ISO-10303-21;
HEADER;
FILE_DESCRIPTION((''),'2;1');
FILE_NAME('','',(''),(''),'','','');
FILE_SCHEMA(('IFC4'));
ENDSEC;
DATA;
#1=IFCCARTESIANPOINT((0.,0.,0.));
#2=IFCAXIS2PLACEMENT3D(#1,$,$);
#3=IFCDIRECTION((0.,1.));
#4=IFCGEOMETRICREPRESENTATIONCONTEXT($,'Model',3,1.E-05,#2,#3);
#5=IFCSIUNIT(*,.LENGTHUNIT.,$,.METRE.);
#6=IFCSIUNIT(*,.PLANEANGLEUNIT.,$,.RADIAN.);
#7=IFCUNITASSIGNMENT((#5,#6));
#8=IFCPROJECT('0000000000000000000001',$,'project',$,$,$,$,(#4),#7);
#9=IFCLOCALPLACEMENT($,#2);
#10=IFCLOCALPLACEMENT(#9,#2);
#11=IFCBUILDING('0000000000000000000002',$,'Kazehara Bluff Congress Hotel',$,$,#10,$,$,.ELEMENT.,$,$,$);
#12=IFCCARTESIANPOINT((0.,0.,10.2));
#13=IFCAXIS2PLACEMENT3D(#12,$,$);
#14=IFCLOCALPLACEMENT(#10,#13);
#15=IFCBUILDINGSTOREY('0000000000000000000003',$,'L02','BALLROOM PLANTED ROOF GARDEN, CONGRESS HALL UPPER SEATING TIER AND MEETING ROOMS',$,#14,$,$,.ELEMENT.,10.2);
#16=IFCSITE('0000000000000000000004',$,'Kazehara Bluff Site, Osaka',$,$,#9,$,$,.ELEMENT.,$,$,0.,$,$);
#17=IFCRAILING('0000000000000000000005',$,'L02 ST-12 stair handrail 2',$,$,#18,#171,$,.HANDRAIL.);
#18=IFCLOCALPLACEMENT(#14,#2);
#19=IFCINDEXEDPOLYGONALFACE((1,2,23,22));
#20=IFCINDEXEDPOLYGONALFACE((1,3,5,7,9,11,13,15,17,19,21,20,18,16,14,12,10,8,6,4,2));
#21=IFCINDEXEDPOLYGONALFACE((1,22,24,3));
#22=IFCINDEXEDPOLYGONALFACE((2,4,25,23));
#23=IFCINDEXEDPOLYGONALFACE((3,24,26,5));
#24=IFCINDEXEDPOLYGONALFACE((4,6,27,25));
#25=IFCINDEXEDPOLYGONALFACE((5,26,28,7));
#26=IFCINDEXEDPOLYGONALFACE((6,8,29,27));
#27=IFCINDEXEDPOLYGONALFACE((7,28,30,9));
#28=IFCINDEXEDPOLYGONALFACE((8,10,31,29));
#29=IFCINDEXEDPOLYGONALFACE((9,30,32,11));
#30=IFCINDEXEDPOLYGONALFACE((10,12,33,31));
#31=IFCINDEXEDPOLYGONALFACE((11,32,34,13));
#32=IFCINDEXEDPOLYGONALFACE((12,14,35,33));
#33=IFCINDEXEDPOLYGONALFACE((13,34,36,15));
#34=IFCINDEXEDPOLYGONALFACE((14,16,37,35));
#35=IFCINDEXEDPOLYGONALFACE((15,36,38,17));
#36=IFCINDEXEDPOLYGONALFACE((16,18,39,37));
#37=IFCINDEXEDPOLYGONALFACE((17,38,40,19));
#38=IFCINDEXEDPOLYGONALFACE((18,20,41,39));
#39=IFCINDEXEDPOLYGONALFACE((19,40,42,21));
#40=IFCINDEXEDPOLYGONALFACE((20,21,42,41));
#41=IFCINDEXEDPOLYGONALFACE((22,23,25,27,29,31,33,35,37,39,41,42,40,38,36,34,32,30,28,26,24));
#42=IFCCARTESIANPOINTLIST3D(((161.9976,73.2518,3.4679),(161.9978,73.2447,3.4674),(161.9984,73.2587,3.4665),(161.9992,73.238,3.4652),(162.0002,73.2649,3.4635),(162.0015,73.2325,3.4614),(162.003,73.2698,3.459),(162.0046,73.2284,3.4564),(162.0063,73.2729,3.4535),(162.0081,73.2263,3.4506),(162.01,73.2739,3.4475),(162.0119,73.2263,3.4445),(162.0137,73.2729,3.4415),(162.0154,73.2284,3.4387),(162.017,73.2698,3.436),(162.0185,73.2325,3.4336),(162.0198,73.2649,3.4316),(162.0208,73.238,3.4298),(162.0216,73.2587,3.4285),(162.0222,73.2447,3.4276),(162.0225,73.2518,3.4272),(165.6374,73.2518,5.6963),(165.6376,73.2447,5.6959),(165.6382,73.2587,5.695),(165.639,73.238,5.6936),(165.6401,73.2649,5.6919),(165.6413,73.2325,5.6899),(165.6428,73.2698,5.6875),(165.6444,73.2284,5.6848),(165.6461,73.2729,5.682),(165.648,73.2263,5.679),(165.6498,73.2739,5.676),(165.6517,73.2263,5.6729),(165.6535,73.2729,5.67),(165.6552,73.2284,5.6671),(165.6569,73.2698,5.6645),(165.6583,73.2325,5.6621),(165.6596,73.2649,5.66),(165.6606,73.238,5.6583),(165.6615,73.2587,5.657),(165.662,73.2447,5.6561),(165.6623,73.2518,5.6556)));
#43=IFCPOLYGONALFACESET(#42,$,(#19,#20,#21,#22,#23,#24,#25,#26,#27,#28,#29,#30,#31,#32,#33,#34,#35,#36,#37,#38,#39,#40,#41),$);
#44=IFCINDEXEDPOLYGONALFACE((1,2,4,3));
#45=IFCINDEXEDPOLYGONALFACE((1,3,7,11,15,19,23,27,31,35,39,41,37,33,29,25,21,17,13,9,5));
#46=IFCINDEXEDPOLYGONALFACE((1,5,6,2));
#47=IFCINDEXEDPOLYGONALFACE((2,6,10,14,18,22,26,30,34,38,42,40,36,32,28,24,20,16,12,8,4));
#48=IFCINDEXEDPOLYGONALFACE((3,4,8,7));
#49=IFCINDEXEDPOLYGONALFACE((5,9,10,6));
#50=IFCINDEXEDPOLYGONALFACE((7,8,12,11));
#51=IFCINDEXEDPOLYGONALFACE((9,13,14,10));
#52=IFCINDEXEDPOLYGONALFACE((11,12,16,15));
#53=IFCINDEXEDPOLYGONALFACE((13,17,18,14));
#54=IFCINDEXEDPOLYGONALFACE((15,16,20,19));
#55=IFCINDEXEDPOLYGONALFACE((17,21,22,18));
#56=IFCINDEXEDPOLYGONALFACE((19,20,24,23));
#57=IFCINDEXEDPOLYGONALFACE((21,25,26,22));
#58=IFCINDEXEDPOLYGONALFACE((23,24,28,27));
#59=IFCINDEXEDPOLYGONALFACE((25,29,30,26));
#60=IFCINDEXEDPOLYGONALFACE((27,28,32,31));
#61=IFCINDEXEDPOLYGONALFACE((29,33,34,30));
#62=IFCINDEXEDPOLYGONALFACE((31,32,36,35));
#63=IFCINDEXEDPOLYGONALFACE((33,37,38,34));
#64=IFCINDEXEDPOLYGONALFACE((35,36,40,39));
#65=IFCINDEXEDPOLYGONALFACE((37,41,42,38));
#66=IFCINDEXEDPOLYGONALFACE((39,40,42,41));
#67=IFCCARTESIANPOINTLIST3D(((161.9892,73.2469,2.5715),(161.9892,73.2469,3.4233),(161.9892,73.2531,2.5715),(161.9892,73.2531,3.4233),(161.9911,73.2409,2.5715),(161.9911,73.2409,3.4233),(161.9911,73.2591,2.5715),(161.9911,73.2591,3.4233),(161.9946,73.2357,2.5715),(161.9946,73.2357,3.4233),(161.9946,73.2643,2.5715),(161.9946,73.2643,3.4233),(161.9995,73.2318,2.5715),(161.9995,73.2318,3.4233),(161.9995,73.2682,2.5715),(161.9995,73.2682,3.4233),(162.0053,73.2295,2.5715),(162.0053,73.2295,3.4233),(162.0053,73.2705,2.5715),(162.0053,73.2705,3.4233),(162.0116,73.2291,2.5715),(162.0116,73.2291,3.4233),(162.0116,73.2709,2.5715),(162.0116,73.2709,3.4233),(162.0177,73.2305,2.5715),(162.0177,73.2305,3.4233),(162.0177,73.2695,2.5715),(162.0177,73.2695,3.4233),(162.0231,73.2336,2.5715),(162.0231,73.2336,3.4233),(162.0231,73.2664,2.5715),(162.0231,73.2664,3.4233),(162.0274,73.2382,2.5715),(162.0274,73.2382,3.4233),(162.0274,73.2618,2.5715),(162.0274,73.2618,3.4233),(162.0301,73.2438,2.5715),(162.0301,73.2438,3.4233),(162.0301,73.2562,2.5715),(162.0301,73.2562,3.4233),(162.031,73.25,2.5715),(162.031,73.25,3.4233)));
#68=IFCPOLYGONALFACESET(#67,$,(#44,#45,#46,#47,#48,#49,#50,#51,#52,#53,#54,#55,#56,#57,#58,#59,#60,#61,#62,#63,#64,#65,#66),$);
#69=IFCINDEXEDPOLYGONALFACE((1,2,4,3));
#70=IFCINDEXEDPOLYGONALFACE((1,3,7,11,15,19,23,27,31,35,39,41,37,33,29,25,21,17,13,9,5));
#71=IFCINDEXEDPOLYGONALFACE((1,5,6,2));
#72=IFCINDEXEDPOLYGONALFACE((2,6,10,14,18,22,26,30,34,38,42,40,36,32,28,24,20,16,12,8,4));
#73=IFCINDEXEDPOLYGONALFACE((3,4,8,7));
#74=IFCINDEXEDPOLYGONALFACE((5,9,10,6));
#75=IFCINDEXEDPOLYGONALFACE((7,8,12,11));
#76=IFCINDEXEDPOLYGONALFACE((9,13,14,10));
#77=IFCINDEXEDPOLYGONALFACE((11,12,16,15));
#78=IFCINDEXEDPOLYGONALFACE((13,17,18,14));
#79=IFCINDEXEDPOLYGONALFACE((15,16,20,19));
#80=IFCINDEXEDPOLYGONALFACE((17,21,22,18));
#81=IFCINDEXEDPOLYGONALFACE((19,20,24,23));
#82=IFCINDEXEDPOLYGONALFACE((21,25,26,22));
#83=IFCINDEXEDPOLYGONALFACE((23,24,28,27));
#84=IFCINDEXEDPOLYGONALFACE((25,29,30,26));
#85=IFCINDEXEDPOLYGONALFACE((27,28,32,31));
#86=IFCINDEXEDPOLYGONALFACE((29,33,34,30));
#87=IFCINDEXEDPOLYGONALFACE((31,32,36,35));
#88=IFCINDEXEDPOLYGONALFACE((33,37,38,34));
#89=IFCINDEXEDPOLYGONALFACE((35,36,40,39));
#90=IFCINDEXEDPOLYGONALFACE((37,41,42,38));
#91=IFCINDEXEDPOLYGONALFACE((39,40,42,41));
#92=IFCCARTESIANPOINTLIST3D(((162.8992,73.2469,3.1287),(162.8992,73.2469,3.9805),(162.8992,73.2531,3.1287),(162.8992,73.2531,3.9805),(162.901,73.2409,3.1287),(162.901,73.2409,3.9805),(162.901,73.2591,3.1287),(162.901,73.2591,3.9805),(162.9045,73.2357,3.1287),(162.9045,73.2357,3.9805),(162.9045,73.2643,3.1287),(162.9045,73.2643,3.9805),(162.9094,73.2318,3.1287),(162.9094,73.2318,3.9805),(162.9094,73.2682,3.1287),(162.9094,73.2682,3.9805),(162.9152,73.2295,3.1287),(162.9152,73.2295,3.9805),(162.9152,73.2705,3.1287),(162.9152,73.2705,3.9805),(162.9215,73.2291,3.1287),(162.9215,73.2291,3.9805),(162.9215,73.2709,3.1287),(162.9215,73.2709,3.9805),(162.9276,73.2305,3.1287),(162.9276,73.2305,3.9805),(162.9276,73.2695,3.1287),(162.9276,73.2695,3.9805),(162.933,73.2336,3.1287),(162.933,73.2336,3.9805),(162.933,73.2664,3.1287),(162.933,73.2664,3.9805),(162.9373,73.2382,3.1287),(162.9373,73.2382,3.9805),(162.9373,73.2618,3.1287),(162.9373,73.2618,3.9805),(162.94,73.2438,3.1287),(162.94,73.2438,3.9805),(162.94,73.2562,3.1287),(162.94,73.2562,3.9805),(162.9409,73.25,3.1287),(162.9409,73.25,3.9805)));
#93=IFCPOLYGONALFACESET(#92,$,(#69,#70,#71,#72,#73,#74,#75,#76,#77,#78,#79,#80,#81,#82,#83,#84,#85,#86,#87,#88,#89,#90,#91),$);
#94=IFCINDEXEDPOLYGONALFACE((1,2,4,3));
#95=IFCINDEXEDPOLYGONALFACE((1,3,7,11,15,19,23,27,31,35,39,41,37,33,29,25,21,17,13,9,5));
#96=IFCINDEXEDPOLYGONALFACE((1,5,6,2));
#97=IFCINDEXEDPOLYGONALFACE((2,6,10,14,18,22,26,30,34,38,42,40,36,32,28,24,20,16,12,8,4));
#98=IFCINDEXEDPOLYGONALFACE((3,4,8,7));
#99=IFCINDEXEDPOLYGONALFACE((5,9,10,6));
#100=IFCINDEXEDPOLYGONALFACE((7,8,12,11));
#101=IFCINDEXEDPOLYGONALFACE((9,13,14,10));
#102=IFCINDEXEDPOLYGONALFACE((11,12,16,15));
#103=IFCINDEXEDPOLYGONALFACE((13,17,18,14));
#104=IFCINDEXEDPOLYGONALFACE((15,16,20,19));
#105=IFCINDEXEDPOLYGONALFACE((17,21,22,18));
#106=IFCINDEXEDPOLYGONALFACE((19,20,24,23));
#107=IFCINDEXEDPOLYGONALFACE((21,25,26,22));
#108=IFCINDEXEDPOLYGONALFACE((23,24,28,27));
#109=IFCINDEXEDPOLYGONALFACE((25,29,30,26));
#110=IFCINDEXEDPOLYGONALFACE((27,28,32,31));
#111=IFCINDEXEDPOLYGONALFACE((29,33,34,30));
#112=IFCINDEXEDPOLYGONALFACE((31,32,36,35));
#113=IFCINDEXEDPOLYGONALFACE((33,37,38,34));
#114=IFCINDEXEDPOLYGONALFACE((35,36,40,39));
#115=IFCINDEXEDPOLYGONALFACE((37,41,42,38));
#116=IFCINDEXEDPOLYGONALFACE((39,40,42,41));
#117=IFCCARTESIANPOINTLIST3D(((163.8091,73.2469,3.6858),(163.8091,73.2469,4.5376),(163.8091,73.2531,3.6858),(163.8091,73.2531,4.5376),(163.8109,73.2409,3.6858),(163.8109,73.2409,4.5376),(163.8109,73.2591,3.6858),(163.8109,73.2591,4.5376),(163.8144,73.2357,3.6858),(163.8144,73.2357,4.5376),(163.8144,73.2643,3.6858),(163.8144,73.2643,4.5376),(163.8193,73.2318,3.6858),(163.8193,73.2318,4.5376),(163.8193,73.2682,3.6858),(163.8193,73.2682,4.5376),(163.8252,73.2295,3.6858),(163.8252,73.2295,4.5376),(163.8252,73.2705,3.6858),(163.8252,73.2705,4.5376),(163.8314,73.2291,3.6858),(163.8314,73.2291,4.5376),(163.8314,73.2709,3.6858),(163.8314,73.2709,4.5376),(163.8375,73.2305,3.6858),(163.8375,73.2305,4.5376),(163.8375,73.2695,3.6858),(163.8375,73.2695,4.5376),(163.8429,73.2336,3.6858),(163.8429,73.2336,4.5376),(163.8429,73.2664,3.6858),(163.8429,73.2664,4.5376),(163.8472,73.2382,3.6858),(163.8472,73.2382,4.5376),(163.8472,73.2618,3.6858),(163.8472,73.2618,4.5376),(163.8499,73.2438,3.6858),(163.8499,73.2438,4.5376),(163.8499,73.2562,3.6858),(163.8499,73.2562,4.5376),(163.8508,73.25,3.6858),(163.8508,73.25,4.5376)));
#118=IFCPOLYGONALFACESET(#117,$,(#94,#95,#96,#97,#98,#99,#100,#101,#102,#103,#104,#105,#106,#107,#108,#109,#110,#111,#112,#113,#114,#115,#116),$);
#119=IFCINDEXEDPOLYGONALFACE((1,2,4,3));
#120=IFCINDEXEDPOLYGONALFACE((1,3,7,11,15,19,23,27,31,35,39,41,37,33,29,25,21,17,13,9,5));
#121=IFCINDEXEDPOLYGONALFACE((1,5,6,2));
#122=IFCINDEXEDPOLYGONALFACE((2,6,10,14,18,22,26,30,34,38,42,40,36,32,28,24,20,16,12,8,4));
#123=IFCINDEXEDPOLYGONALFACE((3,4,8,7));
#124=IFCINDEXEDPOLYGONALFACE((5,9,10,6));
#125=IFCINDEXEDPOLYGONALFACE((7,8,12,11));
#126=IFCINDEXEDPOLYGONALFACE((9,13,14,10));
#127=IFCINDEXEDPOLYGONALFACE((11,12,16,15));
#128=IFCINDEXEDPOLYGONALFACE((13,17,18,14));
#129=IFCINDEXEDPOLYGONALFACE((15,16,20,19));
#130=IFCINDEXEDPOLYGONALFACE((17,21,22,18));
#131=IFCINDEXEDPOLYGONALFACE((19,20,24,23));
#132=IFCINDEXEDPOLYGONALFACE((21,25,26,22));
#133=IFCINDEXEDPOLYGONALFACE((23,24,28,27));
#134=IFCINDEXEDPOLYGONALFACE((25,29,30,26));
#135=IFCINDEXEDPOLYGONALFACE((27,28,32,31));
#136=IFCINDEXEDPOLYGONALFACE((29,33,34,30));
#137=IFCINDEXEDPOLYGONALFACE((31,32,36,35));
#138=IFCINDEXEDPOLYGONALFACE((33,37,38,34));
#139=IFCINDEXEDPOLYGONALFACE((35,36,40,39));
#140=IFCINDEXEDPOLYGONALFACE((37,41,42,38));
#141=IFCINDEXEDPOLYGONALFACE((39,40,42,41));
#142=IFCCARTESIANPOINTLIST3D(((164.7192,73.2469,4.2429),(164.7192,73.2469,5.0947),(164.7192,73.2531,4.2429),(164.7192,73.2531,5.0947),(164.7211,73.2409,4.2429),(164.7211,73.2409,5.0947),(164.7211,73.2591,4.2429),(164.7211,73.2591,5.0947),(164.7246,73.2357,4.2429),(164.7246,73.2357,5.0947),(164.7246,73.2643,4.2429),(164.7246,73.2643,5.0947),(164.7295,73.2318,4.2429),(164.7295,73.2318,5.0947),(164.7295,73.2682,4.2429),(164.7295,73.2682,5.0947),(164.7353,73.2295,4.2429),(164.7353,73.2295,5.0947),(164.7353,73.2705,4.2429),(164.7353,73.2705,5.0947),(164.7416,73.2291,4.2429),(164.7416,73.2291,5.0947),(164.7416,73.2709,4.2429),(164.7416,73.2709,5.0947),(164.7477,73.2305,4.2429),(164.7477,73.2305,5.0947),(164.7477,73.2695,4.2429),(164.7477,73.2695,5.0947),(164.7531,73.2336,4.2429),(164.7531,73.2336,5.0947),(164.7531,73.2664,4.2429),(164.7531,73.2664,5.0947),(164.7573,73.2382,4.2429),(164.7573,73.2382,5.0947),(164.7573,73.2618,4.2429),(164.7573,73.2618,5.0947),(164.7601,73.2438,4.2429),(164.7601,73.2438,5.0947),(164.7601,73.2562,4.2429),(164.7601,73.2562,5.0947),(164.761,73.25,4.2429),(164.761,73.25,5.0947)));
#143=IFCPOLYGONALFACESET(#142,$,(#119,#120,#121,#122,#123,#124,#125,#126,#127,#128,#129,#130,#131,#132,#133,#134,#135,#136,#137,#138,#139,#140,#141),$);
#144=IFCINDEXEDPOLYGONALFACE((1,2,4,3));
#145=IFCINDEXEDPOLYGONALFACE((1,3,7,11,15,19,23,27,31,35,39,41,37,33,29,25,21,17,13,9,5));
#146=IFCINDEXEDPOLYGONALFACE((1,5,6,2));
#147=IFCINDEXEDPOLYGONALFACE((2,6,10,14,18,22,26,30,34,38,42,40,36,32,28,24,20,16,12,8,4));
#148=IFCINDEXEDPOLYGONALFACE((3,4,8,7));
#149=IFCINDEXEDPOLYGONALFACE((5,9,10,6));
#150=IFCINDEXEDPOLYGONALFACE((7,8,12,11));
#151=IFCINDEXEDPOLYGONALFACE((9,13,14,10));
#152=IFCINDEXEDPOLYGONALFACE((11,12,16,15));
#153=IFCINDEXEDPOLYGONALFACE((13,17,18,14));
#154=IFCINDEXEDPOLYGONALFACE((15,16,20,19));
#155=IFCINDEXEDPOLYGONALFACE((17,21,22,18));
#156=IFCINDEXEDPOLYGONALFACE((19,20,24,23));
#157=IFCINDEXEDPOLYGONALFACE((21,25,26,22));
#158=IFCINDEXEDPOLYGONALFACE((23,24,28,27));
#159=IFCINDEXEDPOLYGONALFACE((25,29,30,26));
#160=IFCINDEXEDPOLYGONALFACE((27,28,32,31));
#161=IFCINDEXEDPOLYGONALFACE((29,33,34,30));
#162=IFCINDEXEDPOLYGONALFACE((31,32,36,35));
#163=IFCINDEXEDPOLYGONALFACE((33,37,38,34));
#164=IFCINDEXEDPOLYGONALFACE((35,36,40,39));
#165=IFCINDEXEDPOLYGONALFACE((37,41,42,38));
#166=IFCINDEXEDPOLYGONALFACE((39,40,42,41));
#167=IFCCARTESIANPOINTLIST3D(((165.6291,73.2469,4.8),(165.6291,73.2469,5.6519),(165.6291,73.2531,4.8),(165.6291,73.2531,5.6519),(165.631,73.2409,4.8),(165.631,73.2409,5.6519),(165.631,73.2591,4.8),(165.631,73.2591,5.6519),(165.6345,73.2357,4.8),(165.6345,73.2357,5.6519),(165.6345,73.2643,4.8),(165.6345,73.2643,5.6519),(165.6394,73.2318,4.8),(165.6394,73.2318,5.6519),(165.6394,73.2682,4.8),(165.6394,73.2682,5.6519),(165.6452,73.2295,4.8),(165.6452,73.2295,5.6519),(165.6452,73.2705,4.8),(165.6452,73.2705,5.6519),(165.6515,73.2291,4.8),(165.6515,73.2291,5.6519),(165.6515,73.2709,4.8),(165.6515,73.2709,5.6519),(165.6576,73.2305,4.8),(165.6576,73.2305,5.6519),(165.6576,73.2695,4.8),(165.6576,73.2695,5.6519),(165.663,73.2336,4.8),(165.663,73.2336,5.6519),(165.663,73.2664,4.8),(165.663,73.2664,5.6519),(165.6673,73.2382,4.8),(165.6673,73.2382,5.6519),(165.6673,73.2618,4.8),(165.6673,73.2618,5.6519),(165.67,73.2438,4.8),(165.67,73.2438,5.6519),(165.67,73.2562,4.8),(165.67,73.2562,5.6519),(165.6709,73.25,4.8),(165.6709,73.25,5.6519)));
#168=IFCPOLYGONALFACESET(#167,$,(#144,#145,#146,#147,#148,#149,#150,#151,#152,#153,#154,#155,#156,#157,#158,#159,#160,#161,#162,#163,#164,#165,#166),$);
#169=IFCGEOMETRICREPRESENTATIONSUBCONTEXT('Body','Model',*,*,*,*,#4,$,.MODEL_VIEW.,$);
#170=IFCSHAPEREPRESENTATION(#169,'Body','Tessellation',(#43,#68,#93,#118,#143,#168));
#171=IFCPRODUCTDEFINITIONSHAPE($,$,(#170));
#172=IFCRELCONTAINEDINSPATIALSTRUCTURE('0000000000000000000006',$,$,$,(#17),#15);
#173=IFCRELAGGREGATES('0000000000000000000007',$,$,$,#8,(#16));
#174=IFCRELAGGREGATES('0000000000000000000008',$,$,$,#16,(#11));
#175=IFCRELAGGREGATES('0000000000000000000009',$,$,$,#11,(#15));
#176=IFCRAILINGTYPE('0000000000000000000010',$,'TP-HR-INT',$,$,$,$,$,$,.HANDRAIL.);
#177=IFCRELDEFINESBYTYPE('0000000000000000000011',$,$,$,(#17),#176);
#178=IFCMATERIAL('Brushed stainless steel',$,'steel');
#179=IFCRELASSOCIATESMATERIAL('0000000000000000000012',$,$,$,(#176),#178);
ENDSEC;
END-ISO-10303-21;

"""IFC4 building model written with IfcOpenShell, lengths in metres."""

from ifc_helpers import new_model, si_unit, direction, frame, origin, origin_2d, place, context, subcontext, project, spatial, circle, extrude, material, type_object, element, save


model = new_model("IFC4")

# Units and contexts
model_context = context("Model", 3, precision=1e-05, world=origin(), true_north=direction((0.0, 1.0)))
body_context = subcontext(model_context, "Body", "Model", "MODEL_VIEW")
ifc_project = project(units=[si_unit("LENGTHUNIT", "METRE"), si_unit("PLANEANGLEUNIT", "RADIAN")], contexts=[model_context])

# Site, building, storey
site_placement = place(None, origin())
site = spatial("IfcSite", under=ifc_project, at=site_placement, Name="Kazehara Bluff Site, Osaka", CompositionType="ELEMENT", RefElevation=0.0)
building_placement = place(site_placement, origin())
building = spatial("IfcBuilding", under=site, at=building_placement, Name="Kazehara Bluff Congress Hotel", CompositionType="ELEMENT")
storey_placement = place(building_placement, frame((0.0, 0.0, 10.2)))
storey = spatial("IfcBuildingStorey", under=building, at=storey_placement, Name="L02", Description="BALLROOM PLANTED ROOF GARDEN, CONGRESS HALL UPPER SEATING TIER AND MEETING ROOMS", CompositionType="ELEMENT", Elevation=10.2)

# Railing
ifc_material_1 = material(Name="Brushed stainless steel", Category="steel")
railing_type_1 = type_object("IfcRailingType", Name="TP-HR-INT", PredefinedType="HANDRAIL", material=ifc_material_1)
railing_1_placement = place(storey_placement, frame((162.01, 73.25, 2.5715)))
element("IfcRailing", 1, at=railing_1_placement, inside=storey, type_object=railing_type_1, Name="L02 ST-12 stair handrail 2", PredefinedType="HANDRAIL", context=body_context, shape_type="SweptSolid", body=[
    extrude(circle(Radius=0.0239, at=origin_2d()), frame((0.0, 0.0, 0.876), z_axis=(0.85285, 0.0, 0.522156), x_axis=(0.0, 1.0, 0.0)), (0.0, 0.0, 1.0), 4.2678),
    extrude(circle(Radius=0.021, at=origin_2d()), origin(), (0.0, 0.0, 1.0), 0.8518),
    extrude(circle(Radius=0.021, at=origin_2d()), frame((0.9099, 0.0, 0.5571)), (0.0, 0.0, 1.0), 0.8518),
    extrude(circle(Radius=0.021, at=origin_2d()), frame((1.8198, 0.0, 1.1143)), (0.0, 0.0, 1.0), 0.8518),
    extrude(circle(Radius=0.021, at=origin_2d()), frame((2.73, 0.0, 1.6714)), (0.0, 0.0, 1.0), 0.8518),
    extrude(circle(Radius=0.021, at=origin_2d()), frame((3.6399, 0.0, 2.2285)), (0.0, 0.0, 1.0), 0.8518),
])

save(model, "model.ifc")
